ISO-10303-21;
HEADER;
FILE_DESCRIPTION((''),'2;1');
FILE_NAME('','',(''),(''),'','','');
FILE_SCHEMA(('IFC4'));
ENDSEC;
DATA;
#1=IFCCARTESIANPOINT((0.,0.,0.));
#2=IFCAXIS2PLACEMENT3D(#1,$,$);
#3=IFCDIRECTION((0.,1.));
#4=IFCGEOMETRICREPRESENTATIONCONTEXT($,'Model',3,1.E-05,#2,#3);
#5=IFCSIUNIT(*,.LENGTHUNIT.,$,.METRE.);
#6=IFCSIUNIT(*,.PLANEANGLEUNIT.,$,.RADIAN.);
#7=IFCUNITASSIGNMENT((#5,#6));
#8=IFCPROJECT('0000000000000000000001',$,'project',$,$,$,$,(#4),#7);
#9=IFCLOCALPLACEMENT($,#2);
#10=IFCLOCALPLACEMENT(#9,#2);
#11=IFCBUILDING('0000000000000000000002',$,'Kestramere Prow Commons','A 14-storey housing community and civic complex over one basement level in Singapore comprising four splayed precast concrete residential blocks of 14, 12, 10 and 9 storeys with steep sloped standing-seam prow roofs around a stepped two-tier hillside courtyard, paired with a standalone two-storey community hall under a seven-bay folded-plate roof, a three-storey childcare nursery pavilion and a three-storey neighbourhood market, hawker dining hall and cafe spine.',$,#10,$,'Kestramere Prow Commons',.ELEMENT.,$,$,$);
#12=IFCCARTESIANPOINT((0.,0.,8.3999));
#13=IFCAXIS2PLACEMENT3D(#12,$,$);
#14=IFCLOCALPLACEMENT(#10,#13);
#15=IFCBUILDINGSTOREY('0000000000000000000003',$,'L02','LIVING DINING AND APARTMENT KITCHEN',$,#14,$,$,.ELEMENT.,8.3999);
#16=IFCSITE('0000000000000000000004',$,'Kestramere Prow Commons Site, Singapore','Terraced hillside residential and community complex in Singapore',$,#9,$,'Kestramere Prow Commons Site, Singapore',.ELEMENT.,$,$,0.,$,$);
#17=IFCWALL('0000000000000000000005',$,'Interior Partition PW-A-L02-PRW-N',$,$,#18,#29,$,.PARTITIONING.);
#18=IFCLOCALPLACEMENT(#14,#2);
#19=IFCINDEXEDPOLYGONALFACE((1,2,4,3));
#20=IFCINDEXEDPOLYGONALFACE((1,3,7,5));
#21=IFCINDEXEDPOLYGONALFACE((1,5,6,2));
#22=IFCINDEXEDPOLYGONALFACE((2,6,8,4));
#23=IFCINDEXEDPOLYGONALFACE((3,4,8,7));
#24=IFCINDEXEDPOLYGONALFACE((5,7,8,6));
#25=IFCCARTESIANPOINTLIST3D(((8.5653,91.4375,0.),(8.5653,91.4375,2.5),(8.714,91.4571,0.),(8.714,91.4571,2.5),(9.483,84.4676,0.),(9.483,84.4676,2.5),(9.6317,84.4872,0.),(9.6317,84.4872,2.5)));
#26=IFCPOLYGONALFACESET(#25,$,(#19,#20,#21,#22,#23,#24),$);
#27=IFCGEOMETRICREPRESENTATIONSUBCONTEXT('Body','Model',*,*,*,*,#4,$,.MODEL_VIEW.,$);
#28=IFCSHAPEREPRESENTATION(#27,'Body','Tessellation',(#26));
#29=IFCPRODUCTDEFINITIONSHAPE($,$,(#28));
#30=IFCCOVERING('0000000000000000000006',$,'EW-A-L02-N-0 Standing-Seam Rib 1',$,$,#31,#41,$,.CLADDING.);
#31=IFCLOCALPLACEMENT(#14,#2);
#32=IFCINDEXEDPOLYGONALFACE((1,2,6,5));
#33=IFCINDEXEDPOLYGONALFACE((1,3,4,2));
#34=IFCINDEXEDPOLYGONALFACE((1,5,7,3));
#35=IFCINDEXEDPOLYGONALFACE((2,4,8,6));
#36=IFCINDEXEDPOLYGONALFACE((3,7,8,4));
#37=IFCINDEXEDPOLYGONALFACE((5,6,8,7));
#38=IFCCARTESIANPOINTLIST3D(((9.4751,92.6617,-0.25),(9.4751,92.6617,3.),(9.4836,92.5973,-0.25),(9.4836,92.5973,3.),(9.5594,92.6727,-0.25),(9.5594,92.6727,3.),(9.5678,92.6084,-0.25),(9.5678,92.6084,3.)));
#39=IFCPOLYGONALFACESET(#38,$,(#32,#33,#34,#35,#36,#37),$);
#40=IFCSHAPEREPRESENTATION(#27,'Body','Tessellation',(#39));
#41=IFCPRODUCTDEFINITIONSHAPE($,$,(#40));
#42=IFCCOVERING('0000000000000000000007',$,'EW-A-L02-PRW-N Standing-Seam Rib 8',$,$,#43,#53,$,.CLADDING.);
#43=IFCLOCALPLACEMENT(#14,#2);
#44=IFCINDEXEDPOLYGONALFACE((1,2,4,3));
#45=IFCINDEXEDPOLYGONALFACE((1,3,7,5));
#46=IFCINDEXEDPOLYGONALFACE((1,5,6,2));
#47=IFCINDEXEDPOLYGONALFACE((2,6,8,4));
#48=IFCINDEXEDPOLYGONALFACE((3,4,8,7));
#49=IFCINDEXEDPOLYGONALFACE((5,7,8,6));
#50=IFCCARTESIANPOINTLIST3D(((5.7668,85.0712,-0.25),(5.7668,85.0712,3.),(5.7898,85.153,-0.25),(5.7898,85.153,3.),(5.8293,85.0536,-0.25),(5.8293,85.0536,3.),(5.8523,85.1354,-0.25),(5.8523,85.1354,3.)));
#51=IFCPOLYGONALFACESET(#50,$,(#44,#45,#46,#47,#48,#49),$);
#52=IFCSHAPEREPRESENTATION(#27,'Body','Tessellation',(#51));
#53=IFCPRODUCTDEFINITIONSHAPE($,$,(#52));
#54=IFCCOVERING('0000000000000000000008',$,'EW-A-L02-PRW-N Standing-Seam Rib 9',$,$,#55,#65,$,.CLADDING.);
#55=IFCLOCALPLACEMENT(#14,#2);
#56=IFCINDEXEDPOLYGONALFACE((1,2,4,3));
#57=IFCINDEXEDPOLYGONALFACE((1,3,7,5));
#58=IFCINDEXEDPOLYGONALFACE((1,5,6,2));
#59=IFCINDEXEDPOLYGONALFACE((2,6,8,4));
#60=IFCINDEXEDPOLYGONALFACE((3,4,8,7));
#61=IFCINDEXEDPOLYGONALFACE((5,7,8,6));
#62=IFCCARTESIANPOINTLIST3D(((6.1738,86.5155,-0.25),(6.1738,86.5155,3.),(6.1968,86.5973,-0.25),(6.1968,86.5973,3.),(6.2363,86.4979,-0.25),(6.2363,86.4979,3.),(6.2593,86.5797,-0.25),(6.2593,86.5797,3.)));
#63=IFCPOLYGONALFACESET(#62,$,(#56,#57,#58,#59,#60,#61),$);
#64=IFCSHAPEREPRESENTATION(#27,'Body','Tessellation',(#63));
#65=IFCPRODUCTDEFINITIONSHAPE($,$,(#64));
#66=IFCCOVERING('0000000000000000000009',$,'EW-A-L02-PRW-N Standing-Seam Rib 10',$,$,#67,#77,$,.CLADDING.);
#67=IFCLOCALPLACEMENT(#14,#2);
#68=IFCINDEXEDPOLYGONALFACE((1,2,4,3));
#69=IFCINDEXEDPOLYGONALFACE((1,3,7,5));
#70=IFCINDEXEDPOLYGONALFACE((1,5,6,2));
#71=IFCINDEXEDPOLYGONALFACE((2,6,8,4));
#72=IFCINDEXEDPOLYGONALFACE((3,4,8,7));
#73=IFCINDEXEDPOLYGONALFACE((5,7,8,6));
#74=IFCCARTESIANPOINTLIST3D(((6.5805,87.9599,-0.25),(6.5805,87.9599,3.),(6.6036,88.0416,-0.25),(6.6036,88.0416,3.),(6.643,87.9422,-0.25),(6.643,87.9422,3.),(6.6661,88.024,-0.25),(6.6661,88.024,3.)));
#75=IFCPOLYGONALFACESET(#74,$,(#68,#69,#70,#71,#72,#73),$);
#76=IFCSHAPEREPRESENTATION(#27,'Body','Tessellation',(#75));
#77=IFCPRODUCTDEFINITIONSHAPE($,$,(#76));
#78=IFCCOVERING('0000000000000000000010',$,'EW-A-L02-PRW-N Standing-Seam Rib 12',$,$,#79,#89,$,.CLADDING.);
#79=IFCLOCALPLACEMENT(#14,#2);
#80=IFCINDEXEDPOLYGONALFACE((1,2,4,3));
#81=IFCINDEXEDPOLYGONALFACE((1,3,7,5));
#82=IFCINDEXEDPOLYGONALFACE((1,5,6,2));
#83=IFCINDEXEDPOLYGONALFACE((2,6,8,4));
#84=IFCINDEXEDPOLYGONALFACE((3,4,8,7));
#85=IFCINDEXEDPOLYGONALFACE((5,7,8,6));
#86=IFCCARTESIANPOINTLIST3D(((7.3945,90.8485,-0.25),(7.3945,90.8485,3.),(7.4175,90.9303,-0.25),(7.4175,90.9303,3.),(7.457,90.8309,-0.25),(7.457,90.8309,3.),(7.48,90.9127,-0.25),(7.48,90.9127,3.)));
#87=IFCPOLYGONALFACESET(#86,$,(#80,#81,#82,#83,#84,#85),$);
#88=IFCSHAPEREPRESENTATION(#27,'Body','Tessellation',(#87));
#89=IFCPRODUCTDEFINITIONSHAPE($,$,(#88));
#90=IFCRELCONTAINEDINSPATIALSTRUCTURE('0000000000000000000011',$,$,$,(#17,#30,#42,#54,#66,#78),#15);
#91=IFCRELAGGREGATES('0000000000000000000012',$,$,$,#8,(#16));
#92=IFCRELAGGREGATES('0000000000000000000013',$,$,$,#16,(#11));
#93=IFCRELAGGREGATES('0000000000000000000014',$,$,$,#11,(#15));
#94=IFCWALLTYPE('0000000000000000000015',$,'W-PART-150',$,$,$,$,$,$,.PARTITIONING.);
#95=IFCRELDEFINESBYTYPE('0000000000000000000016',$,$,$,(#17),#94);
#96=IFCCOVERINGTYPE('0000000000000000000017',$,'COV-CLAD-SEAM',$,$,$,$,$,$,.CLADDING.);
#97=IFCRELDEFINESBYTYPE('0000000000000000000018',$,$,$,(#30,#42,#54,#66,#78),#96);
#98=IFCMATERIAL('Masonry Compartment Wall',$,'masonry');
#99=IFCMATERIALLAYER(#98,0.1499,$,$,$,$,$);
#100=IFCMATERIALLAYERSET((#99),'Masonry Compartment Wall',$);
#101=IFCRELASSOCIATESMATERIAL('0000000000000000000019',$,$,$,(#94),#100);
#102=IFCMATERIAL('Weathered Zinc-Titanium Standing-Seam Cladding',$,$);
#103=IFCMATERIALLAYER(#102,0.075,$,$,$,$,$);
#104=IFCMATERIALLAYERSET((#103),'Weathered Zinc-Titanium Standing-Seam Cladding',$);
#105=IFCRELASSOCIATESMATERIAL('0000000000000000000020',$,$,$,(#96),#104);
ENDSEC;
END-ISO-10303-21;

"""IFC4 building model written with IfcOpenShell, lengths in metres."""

from ifc_helpers import new_model, si_unit, direction, frame, frame_2d, origin, origin_2d, place, context, subcontext, project, spatial, rectangle, extrude, material, layer, layer_set, type_object, element, save


model = new_model("IFC4")

# Units and contexts
model_context = context("Model", 3, precision=1e-05, world=origin(), true_north=direction((0.0, 1.0)))
body_context = subcontext(model_context, "Body", "Model", "MODEL_VIEW")
ifc_project = project(units=[si_unit("LENGTHUNIT", "METRE"), si_unit("PLANEANGLEUNIT", "RADIAN")], contexts=[model_context])

# Site, building, storey
site_placement = place(None, origin())
site = spatial("IfcSite", under=ifc_project, at=site_placement, Name="Kestramere Prow Commons Site, Singapore", Description="Terraced hillside residential and community complex in Singapore", LongName="Kestramere Prow Commons Site, Singapore", CompositionType="ELEMENT", RefElevation=0.0)
building_placement = place(site_placement, origin())
building = spatial("IfcBuilding", under=site, at=building_placement, Name="Kestramere Prow Commons", Description="A 14-storey housing community and civic complex over one basement level in Singapore comprising four splayed precast concrete residential blocks of 14, 12, 10 and 9 storeys with steep sloped standing-seam prow roofs around a stepped two-tier hillside courtyard, paired with a standalone two-storey community hall under a seven-bay folded-plate roof, a three-storey childcare nursery pavilion and a three-storey neighbourhood market, hawker dining hall and cafe spine.", LongName="Kestramere Prow Commons", CompositionType="ELEMENT")
storey_placement = place(building_placement, frame((0.0, 0.0, 8.3999)))
storey = spatial("IfcBuildingStorey", under=building, at=storey_placement, Name="L02", Description="LIVING DINING AND APARTMENT KITCHEN", CompositionType="ELEMENT", Elevation=8.3999)

# Wall
ifc_material_1 = material(Name="Masonry Compartment Wall", Category="masonry")
ifc_layer_1 = layer(ifc_material_1, 0.1499)
ifc_layer_set_1 = layer_set([ifc_layer_1], Name="Masonry Compartment Wall")
wall_type_1 = type_object("IfcWallType", Name="W-PART-150", PredefinedType="PARTITIONING", material=ifc_layer_set_1)
wall_1_placement = place(storey_placement, frame((9.5574, 84.4773, 0.0), z_axis=(0.0, 0.0, 1.0), x_axis=(-0.130542, 0.991443, 0.0)))
element("IfcWall", 1, at=wall_1_placement, inside=storey, type_object=wall_type_1, Name="Interior Partition PW-A-L02-PRW-N", PredefinedType="PARTITIONING", context=body_context, shape_type="SweptSolid", body=[
    extrude(rectangle(XDim=7.03, YDim=0.1499, at=frame_2d((3.5151, 0.0))), origin(), (0.0, 0.0, 1.0), 2.5),
])

# Coverings
ifc_material_2 = material(Name="Weathered Zinc-Titanium Standing-Seam Cladding")
ifc_layer_2 = layer(ifc_material_2, 0.075)
ifc_layer_set_2 = layer_set([ifc_layer_2], Name="Weathered Zinc-Titanium Standing-Seam Cladding")
covering_type = type_object("IfcCoveringType", Name="COV-CLAD-SEAM", PredefinedType="CLADDING", material=ifc_layer_set_2)
for number, where, z_axis, x_axis, name in (
    (2, (9.5215, 92.635, -0.25), (0.0, 0.0, 1.0), (0.991445, 0.130526, 0.0), "EW-A-L02-N-0 Standing-Seam Rib 1"),
    (3, (5.8096, 85.1033, -0.25), (0.0, 0.0, 1.0), (0.27116, 0.962534, 0.0), "EW-A-L02-PRW-N Standing-Seam Rib 8"),
    (4, (6.2166, 86.5476, -0.25), (0.0, 0.0, 1.0), (0.27116, 0.962534, 0.0), "EW-A-L02-PRW-N Standing-Seam Rib 9"),
    (5, (6.6233, 87.9919, -0.25), (0.0, 0.0, 1.0), (0.27116, 0.962534, 0.0), "EW-A-L02-PRW-N Standing-Seam Rib 10"),
    (6, (7.4373, 90.8806, -0.25), (0.0, 0.0, 1.0), (0.27116, 0.962534, 0.0), "EW-A-L02-PRW-N Standing-Seam Rib 12"),
):
    element("IfcCovering", number, at=place(storey_placement, frame(where, z_axis=z_axis, x_axis=x_axis)), inside=storey, type_object=covering_type, Name=name, PredefinedType="CLADDING", context=body_context, shape_type="SweptSolid", body=[
        extrude(rectangle(XDim=0.085, YDim=0.0649, at=origin_2d()), origin(), (0.0, 0.0, 1.0), 3.25),
    ])

save(model, "model.ifc")
